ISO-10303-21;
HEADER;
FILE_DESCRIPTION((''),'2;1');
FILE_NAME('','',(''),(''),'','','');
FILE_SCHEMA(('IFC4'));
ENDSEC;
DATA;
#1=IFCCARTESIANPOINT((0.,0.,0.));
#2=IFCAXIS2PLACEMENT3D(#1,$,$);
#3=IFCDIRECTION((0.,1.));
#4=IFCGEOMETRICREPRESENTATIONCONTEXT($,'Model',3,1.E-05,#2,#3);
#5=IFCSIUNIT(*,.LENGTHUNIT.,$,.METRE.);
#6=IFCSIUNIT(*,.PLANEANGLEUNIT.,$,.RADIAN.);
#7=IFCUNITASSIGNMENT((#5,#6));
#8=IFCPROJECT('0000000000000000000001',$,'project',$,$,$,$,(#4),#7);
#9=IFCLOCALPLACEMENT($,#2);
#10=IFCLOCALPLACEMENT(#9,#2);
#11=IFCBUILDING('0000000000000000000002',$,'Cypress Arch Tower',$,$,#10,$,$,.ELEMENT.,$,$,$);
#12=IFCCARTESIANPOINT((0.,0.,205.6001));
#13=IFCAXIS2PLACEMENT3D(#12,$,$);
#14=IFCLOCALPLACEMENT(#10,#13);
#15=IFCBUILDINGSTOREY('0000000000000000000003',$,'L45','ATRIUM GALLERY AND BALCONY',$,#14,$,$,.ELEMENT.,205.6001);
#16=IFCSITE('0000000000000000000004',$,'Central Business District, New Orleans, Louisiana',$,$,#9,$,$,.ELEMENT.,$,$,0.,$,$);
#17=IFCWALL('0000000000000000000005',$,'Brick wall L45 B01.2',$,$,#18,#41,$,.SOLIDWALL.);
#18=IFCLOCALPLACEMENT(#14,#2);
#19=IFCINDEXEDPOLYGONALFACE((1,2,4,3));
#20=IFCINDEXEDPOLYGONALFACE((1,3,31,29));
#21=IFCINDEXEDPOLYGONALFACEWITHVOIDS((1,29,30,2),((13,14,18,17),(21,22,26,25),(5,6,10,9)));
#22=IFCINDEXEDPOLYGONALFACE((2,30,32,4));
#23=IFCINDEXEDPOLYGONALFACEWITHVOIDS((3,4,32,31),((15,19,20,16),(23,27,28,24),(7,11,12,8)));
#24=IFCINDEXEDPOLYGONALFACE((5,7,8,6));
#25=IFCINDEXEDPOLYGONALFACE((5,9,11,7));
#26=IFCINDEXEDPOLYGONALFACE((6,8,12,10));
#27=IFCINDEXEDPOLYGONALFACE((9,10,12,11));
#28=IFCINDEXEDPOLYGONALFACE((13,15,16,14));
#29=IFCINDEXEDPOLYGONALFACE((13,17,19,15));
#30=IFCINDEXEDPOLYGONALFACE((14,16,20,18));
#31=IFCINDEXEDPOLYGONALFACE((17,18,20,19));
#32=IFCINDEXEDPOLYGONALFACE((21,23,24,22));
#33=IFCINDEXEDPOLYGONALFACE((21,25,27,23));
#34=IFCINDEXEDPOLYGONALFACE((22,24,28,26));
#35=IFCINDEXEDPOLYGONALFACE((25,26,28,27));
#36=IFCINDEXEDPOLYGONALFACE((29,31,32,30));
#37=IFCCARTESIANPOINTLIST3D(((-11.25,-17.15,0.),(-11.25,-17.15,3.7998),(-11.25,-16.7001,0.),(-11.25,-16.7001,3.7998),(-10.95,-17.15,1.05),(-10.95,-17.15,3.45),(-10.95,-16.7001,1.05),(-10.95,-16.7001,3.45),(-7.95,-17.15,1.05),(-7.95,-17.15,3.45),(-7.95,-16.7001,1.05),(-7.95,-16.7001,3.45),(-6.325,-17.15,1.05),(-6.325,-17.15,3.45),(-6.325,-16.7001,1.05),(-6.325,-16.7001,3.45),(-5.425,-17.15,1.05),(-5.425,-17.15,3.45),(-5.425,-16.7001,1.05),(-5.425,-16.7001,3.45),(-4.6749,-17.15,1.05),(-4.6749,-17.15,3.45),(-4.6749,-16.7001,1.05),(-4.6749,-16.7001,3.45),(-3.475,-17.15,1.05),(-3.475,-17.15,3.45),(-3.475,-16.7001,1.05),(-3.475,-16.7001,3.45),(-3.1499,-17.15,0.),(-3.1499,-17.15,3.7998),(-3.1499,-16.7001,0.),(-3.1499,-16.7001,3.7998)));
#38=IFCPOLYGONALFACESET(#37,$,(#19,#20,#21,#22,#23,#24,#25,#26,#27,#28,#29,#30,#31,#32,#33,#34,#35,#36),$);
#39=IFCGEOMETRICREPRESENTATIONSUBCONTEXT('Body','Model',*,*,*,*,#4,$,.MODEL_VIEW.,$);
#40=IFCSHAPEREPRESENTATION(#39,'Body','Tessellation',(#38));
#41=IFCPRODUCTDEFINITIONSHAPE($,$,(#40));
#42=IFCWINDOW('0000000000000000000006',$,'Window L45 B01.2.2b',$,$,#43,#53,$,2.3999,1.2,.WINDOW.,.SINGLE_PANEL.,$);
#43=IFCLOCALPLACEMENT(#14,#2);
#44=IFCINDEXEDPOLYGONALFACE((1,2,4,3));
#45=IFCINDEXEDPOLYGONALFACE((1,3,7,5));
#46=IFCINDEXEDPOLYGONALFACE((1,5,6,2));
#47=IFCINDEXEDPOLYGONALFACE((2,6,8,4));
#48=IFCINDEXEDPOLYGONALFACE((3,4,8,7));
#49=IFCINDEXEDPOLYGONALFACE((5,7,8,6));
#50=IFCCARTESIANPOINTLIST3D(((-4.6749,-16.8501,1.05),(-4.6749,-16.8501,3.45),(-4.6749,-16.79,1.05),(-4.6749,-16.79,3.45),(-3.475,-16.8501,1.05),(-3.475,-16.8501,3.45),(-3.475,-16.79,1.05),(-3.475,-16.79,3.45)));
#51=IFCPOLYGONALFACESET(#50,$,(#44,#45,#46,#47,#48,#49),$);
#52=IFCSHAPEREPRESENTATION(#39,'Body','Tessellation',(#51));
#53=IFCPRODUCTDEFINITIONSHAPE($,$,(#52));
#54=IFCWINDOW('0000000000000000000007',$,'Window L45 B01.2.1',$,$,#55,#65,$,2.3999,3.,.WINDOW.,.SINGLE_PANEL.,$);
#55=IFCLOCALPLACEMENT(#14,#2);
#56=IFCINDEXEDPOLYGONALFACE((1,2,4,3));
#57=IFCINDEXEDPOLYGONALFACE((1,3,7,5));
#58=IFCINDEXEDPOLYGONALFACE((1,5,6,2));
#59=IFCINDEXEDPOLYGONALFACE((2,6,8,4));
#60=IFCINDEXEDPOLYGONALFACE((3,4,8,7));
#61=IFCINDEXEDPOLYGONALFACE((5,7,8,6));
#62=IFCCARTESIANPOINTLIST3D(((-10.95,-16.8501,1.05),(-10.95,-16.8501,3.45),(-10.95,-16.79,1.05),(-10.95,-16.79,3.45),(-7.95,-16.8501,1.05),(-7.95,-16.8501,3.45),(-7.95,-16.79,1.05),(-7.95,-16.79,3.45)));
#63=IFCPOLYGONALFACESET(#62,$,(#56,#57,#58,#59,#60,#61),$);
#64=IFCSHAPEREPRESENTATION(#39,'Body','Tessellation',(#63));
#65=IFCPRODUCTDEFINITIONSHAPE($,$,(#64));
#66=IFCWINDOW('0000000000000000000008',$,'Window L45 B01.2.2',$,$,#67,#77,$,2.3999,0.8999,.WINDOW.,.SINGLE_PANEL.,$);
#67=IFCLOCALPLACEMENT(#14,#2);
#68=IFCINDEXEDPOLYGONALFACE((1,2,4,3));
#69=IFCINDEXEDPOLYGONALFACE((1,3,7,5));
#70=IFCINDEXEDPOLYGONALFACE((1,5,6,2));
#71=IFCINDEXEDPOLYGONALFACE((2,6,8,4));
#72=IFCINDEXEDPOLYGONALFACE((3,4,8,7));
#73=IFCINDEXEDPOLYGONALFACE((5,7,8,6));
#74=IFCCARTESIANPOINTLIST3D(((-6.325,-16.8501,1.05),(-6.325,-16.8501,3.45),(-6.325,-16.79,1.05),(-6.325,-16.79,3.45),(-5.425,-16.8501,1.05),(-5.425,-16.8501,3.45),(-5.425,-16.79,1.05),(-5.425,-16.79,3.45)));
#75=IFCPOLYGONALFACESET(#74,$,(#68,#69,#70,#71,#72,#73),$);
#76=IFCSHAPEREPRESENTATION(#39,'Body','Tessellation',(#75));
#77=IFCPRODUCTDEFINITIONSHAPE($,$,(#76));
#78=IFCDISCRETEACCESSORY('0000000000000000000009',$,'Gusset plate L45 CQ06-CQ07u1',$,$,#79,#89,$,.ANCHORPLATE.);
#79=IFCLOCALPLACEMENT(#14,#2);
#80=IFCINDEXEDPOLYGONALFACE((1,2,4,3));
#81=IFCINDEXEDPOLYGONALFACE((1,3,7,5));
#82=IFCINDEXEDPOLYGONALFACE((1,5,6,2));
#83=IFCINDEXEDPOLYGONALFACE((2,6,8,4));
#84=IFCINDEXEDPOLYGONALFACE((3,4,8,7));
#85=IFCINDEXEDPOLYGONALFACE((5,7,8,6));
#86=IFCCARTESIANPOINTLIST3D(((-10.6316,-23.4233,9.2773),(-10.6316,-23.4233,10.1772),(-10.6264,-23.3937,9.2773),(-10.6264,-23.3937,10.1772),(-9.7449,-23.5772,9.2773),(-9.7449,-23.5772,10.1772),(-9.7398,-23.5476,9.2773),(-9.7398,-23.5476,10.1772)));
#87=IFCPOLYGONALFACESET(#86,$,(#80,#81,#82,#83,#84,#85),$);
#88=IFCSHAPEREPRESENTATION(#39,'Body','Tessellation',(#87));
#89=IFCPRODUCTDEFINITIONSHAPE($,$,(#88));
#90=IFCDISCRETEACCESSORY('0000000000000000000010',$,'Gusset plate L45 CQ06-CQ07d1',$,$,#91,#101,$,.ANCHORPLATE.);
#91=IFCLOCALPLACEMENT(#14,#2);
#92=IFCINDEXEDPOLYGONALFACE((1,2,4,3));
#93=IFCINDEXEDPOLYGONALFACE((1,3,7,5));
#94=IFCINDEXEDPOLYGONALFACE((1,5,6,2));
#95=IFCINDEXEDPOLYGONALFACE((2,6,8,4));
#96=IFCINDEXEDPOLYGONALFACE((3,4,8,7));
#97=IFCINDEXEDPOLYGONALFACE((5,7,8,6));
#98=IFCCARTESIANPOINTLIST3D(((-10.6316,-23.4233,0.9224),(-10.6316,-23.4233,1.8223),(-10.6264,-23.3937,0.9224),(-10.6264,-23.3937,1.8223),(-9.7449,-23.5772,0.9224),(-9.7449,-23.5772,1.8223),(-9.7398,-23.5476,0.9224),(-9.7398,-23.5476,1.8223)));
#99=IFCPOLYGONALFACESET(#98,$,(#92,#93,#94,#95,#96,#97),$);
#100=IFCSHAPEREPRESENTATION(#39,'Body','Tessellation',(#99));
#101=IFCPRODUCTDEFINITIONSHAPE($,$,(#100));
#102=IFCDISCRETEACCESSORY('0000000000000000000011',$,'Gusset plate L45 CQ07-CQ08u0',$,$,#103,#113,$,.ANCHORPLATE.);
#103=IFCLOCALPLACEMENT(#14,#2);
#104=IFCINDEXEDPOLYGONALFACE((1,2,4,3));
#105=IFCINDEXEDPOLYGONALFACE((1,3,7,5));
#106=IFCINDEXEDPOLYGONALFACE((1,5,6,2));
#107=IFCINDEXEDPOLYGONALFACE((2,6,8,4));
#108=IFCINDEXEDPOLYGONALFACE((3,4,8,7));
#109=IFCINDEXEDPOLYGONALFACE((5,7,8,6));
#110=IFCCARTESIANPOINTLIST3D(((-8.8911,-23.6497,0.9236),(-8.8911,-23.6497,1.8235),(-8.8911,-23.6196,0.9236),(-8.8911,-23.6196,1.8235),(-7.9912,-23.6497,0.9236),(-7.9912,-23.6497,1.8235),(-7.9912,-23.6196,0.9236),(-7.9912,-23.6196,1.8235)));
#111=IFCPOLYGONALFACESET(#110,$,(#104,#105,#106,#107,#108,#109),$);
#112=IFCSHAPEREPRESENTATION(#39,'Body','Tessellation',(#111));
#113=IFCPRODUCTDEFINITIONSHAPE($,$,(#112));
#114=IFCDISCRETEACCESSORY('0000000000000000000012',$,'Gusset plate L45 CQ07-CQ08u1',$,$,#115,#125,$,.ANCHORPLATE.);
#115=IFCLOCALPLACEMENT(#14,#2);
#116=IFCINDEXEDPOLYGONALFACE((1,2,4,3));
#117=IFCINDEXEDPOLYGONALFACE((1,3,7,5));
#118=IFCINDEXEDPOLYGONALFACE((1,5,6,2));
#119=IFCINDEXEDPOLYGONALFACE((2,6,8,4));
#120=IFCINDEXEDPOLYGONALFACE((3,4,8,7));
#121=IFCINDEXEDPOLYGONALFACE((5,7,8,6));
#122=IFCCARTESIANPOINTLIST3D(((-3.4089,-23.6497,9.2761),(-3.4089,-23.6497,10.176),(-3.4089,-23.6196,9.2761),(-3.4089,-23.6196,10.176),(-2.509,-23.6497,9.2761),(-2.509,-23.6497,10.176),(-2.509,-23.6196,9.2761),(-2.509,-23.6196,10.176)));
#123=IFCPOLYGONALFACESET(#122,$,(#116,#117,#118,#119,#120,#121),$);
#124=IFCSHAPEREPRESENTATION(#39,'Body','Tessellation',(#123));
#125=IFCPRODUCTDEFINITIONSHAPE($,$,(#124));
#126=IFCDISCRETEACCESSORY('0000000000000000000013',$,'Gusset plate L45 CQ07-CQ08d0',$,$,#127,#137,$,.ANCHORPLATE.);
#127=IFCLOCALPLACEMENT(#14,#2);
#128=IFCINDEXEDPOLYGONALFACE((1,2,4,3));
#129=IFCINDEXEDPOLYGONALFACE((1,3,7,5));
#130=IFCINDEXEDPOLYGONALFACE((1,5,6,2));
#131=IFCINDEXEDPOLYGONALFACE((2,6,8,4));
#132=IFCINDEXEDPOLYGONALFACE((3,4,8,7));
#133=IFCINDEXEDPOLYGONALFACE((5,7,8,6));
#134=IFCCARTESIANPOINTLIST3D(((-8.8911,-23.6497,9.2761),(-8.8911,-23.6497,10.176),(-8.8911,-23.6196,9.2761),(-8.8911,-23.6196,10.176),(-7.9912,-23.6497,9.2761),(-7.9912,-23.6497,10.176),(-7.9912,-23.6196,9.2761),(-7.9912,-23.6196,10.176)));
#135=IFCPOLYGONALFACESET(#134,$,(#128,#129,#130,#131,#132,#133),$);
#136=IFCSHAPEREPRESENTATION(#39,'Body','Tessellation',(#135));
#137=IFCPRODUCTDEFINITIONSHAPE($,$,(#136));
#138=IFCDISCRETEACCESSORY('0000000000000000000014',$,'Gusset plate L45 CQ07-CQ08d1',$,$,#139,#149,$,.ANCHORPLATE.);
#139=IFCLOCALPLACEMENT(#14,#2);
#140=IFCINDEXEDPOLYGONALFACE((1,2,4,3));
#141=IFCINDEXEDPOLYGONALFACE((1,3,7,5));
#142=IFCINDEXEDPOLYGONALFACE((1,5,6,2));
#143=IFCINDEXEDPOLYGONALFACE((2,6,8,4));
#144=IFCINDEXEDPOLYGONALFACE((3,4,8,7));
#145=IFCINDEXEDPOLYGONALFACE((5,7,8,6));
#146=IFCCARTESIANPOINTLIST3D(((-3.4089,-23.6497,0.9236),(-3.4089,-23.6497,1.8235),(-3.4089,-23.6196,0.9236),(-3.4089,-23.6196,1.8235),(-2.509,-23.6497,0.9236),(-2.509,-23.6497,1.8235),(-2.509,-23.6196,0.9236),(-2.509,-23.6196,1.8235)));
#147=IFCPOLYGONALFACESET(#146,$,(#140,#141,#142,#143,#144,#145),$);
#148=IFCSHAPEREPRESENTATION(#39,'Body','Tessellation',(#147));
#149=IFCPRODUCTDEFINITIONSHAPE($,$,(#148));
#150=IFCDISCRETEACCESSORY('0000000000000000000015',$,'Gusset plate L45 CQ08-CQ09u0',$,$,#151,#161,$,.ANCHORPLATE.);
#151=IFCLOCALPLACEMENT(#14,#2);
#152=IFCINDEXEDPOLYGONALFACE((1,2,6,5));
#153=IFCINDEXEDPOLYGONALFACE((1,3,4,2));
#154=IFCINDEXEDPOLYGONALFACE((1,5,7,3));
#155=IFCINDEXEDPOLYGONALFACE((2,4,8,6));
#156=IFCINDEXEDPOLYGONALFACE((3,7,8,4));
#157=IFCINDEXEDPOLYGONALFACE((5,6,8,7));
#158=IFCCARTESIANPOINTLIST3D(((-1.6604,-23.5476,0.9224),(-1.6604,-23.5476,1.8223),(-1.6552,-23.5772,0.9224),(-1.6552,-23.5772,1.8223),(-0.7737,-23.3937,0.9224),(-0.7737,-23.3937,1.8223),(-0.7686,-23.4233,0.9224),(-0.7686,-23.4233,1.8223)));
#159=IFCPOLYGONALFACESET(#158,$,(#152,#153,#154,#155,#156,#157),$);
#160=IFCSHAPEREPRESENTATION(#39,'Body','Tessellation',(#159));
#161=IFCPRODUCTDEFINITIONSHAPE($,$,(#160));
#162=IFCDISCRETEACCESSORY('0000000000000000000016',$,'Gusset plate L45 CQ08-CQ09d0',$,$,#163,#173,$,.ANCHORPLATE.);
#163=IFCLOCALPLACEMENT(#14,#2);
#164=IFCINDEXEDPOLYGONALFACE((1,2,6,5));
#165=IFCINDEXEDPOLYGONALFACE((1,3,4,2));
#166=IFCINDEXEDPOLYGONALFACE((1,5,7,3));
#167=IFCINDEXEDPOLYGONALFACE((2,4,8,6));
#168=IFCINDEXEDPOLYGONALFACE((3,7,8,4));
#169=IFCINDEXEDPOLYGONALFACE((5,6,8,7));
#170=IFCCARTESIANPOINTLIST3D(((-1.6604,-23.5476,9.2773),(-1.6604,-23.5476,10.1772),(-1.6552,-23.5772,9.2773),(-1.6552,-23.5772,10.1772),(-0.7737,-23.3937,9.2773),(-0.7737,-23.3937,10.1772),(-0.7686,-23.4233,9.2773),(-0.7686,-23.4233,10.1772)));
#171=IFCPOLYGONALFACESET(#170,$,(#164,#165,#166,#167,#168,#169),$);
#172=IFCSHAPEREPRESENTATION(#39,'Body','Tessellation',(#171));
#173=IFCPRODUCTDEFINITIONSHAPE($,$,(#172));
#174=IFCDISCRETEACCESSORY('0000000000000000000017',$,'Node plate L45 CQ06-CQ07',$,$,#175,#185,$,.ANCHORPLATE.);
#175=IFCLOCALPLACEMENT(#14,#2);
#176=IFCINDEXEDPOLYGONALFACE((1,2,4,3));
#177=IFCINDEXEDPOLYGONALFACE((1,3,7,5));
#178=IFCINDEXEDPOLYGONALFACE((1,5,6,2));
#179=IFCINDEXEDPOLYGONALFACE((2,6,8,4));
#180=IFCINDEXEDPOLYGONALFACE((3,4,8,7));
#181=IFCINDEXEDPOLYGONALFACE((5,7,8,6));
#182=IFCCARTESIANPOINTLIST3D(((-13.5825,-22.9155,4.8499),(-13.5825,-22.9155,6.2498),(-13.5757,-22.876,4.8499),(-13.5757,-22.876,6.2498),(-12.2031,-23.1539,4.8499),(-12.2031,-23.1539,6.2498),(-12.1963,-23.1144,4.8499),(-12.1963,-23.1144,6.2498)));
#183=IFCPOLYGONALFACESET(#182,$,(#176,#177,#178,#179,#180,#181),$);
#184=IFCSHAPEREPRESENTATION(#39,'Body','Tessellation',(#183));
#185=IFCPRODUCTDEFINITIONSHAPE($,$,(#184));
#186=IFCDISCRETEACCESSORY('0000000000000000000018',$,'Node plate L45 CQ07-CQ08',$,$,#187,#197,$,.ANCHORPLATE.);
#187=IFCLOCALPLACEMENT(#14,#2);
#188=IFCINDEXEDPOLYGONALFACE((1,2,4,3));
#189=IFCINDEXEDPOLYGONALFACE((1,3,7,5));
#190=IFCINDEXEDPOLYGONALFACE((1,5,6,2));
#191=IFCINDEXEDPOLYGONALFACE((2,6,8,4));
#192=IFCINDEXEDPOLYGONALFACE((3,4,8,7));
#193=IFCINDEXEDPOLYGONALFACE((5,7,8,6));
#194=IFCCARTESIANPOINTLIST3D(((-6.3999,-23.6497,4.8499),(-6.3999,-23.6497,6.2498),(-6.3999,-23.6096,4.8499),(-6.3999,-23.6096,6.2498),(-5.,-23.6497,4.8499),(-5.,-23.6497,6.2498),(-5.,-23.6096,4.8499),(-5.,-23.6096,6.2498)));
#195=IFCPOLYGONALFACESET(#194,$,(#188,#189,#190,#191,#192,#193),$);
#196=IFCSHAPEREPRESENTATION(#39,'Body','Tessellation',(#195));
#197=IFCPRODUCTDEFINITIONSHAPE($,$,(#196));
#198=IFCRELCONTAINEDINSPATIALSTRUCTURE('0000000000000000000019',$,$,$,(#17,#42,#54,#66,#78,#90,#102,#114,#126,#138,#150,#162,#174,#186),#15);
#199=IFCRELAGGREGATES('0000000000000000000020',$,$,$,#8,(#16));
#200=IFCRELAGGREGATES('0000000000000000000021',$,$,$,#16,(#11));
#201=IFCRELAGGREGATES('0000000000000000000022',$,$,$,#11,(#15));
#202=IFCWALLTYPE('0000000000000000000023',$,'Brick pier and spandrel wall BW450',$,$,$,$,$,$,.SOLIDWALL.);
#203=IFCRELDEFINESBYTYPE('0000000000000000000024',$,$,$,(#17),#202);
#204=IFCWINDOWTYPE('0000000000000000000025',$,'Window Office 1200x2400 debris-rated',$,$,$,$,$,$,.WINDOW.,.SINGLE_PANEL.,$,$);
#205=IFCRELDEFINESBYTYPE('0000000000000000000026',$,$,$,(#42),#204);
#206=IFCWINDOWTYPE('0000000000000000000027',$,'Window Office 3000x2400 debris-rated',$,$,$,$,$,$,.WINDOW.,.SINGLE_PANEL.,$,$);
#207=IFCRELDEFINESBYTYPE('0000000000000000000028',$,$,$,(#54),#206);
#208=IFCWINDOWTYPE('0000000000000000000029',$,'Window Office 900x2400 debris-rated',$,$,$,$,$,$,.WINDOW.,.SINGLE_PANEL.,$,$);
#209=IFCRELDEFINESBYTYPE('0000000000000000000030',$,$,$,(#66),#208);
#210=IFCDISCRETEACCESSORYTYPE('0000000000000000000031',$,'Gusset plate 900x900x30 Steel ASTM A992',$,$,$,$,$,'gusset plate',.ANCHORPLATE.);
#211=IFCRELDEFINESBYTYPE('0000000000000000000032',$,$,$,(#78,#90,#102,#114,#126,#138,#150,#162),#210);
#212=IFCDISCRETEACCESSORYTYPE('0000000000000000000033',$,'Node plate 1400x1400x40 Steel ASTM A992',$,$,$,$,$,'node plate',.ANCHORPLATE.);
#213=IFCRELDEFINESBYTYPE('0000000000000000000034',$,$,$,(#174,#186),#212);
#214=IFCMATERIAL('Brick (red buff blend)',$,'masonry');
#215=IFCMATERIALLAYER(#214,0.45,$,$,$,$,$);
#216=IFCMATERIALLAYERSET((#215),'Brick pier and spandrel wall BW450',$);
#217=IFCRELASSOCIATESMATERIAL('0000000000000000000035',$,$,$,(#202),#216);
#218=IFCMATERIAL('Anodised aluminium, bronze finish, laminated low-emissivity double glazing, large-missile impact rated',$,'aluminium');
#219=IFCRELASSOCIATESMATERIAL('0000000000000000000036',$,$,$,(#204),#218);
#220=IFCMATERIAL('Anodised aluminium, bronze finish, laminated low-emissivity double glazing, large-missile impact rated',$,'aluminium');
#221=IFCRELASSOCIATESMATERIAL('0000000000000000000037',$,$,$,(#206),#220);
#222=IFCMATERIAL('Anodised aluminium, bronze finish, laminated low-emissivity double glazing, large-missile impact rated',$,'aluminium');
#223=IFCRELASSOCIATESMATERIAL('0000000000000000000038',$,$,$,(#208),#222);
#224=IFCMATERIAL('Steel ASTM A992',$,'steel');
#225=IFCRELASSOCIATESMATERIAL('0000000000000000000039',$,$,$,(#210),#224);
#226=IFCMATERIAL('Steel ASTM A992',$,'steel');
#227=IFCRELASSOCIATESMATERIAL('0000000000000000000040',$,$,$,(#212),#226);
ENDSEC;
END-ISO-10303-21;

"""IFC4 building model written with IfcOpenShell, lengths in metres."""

from ifc_helpers import new_model, si_unit, direction, frame, frame_2d, origin, origin_2d, place, context, subcontext, project, spatial, rectangle, extrude, material, layer, layer_set, material_profile, profile_set, type_object, element, fill, save


model = new_model("IFC4")

# Units and contexts
model_context = context("Model", 3, precision=1e-05, world=origin(), true_north=direction((0.0, 1.0)))
body_context = subcontext(model_context, "Body", "Model", "MODEL_VIEW")
ifc_project = project(units=[si_unit("LENGTHUNIT", "METRE"), si_unit("PLANEANGLEUNIT", "RADIAN")], contexts=[model_context])

# Site, building, storey
site_placement = place(None, origin())
site = spatial("IfcSite", under=ifc_project, at=site_placement, Name="Central Business District, New Orleans, Louisiana", CompositionType="ELEMENT", RefElevation=0.0)
building_placement = place(site_placement, origin())
building = spatial("IfcBuilding", under=site, at=building_placement, Name="Cypress Arch Tower", CompositionType="ELEMENT")
storey_placement = place(building_placement, frame((0.0, 0.0, 205.6001)))
storey = spatial("IfcBuildingStorey", under=building, at=storey_placement, Name="L45", Description="ATRIUM GALLERY AND BALCONY", CompositionType="ELEMENT", Elevation=205.6001)

# Wall, openings, windows
ifc_material_1 = material(Name="Brick (red buff blend)", Category="masonry")
ifc_layer = layer(ifc_material_1, 0.45)
ifc_layer_set = layer_set([ifc_layer], Name="Brick pier and spandrel wall BW450")
wall_type = type_object("IfcWallType", Name="Brick pier and spandrel wall BW450", PredefinedType="SOLIDWALL", material=ifc_layer_set)
wall_1_placement = place(storey_placement, frame((-11.25, -16.925, 0.0), z_axis=(0.0, 0.0, 1.0), x_axis=(1.0, 0.0, 0.0)))
wall_1 = element("IfcWall", 1, at=wall_1_placement, inside=storey, type_object=wall_type, Name="Brick wall L45 B01.2", PredefinedType="SOLIDWALL", context=body_context, shape_type="SweptSolid", body=[
    extrude(rectangle(XDim=8.1001, YDim=0.45, at=frame_2d((4.05, 0.0))), origin(), (0.0, 0.0, 1.0), 3.7998),
])
opening_1_placement = place(wall_1_placement, frame((0.3, 0.0, 1.05)))
opening_1 = element("IfcOpeningElement", 2, at=opening_1_placement, cuts=wall_1, PredefinedType="OPENING", context=body_context, shape_type="SweptSolid", body=[
    extrude(rectangle(XDim=3.0, YDim=2.3999, at=frame_2d((1.5, 1.2))), frame((0.0, 0.2349, 0.0), z_axis=(0.0, -1.0, 0.0), x_axis=(1.0, 0.0, 0.0)), (0.0, 0.0, 1.0), 0.47),
])
opening_2_placement = place(wall_1_placement, frame((4.925, 0.0, 1.05)))
opening_2 = element("IfcOpeningElement", 3, at=opening_2_placement, cuts=wall_1, PredefinedType="OPENING", context=body_context, shape_type="SweptSolid", body=[
    extrude(rectangle(XDim=0.8999, YDim=2.3999, at=frame_2d((0.45, 1.2))), frame((0.0, 0.2349, 0.0), z_axis=(0.0, -1.0, 0.0), x_axis=(1.0, 0.0, 0.0)), (0.0, 0.0, 1.0), 0.47),
])
opening_3_placement = place(wall_1_placement, frame((6.575, 0.0, 1.05)))
opening_3 = element("IfcOpeningElement", 4, at=opening_3_placement, cuts=wall_1, PredefinedType="OPENING", context=body_context, shape_type="SweptSolid", body=[
    extrude(rectangle(XDim=1.2, YDim=2.3999, at=frame_2d((0.6001, 1.2))), frame((0.0, 0.2349, 0.0), z_axis=(0.0, -1.0, 0.0), x_axis=(1.0, 0.0, 0.0)), (0.0, 0.0, 1.0), 0.47),
])
ifc_material_2 = material(Name="Anodised aluminium, bronze finish, laminated low-emissivity double glazing, large-missile impact rated", Category="aluminium")
window_type_1 = type_object("IfcWindowType", Name="Window Office 1200x2400 debris-rated", PartitioningType="SINGLE_PANEL", PredefinedType="WINDOW", material=ifc_material_2)
window_1_placement = place(opening_3_placement, origin())
window_1 = element("IfcWindow", 5, at=window_1_placement, inside=storey, type_object=window_type_1, Name="Window L45 B01.2.2b", OverallHeight=2.3999, OverallWidth=1.2, PartitioningType="SINGLE_PANEL", PredefinedType="WINDOW", context=body_context, shape_type="SweptSolid", body=[
    extrude(rectangle(XDim=1.2, YDim=2.3999, at=frame_2d((0.6001, 1.2))), frame((0.0, 0.135, 0.0), z_axis=(0.0, -1.0, 0.0), x_axis=(1.0, 0.0, 0.0)), (0.0, 0.0, 1.0), 0.0601),
])
fill(opening_3, window_1)
ifc_material_3 = material(Name="Anodised aluminium, bronze finish, laminated low-emissivity double glazing, large-missile impact rated", Category="aluminium")
window_type_2 = type_object("IfcWindowType", Name="Window Office 3000x2400 debris-rated", PartitioningType="SINGLE_PANEL", PredefinedType="WINDOW", material=ifc_material_3)
window_2_placement = place(opening_1_placement, origin())
window_2 = element("IfcWindow", 6, at=window_2_placement, inside=storey, type_object=window_type_2, Name="Window L45 B01.2.1", OverallHeight=2.3999, OverallWidth=3.0, PartitioningType="SINGLE_PANEL", PredefinedType="WINDOW", context=body_context, shape_type="SweptSolid", body=[
    extrude(rectangle(XDim=3.0, YDim=2.3999, at=frame_2d((1.5, 1.2))), frame((0.0, 0.135, 0.0), z_axis=(0.0, -1.0, 0.0), x_axis=(1.0, 0.0, 0.0)), (0.0, 0.0, 1.0), 0.0601),
])
fill(opening_1, window_2)
ifc_material_4 = material(Name="Anodised aluminium, bronze finish, laminated low-emissivity double glazing, large-missile impact rated", Category="aluminium")
window_type_3 = type_object("IfcWindowType", Name="Window Office 900x2400 debris-rated", PartitioningType="SINGLE_PANEL", PredefinedType="WINDOW", material=ifc_material_4)
window_3_placement = place(opening_2_placement, origin())
window_3 = element("IfcWindow", 7, at=window_3_placement, inside=storey, type_object=window_type_3, Name="Window L45 B01.2.2", OverallHeight=2.3999, OverallWidth=0.8999, PartitioningType="SINGLE_PANEL", PredefinedType="WINDOW", context=body_context, shape_type="SweptSolid", body=[
    extrude(rectangle(XDim=0.8999, YDim=2.3999, at=frame_2d((0.45, 1.2))), frame((0.0, 0.135, 0.0), z_axis=(0.0, -1.0, 0.0), x_axis=(1.0, 0.0, 0.0)), (0.0, 0.0, 1.0), 0.0601),
])
fill(opening_2, window_3)

# Discrete accessories
ifc_material_5 = material(Name="Steel ASTM A992", Category="steel")
ifc_material_profile_1 = material_profile(ifc_material_5, rectangle(XDim=0.8999, YDim=0.8999, at=origin_2d()), Name="PL 30 900x900")
ifc_profile_set_1 = profile_set([ifc_material_profile_1], Name="Steel ASTM A992")
discrete_accessory_type_1 = type_object("IfcDiscreteAccessoryType", Name="Gusset plate 900x900x30 Steel ASTM A992", ElementType="gusset plate", PredefinedType="ANCHORPLATE", material=ifc_profile_set_1)
for number, where, z_axis, x_axis, name in (
    (8, (-10.1882, -23.5002, 9.7273), (0.170998, 0.985271, 0.0), (-0.985271, 0.170998, 0.0), "Gusset plate L45 CQ06-CQ07u1"),
    (9, (-10.1882, -23.5002, 1.3723), (0.170998, 0.985271, 0.0), (-0.985271, 0.170998, 0.0), "Gusset plate L45 CQ06-CQ07d1"),
    (10, (-8.4412, -23.6497, 1.3735), (0.0, 1.0, 0.0), (-1.0, 0.0, 0.0), "Gusset plate L45 CQ07-CQ08u0"),
    (11, (-2.959, -23.6497, 9.7261), (0.0, 1.0, 0.0), (-1.0, 0.0, 0.0), "Gusset plate L45 CQ07-CQ08u1"),
    (12, (-8.4412, -23.6497, 9.7261), (0.0, 1.0, 0.0), (-1.0, 0.0, 0.0), "Gusset plate L45 CQ07-CQ08d0"),
    (13, (-2.959, -23.6497, 1.3735), (0.0, 1.0, 0.0), (-1.0, 0.0, 0.0), "Gusset plate L45 CQ07-CQ08d1"),
    (14, (-1.2119, -23.5002, 1.3723), (-0.170998, 0.985271, 0.0), (-0.985271, -0.170998, 0.0), "Gusset plate L45 CQ08-CQ09u0"),
    (15, (-1.2119, -23.5002, 9.7273), (-0.170998, 0.985271, 0.0), (-0.985271, -0.170998, 0.0), "Gusset plate L45 CQ08-CQ09d0"),
):
    element("IfcDiscreteAccessory", number, at=place(storey_placement, frame(where, z_axis=z_axis, x_axis=x_axis)), inside=storey, type_object=discrete_accessory_type_1, Name=name, PredefinedType="ANCHORPLATE", context=body_context, shape_type="SweptSolid", body=[
        extrude(rectangle(XDim=0.8999, YDim=0.8999, at=origin_2d()), origin(), (0.0, 0.0, 1.0), 0.03),
    ])
ifc_material_6 = material(Name="Steel ASTM A992", Category="steel")
ifc_material_profile_2 = material_profile(ifc_material_6, rectangle(XDim=1.3999, YDim=1.3999, at=origin_2d()), Name="PL 40 1400x1400")
ifc_profile_set_2 = profile_set([ifc_material_profile_2], Name="Steel ASTM A992")
discrete_accessory_type_2 = type_object("IfcDiscreteAccessoryType", Name="Node plate 1400x1400x40 Steel ASTM A992", ElementType="node plate", PredefinedType="ANCHORPLATE", material=ifc_profile_set_2)
for number, where, z_axis, x_axis, name in (
    (16, (-12.8928, -23.0347, 5.5498), (0.170314, 0.98539, 0.0), (-0.98539, 0.170314, 0.0), "Node plate L45 CQ06-CQ07"),
    (17, (-5.7, -23.6497, 5.5498), (0.0, 1.0, 0.0), (-1.0, 0.0, 0.0), "Node plate L45 CQ07-CQ08"),
):
    element("IfcDiscreteAccessory", number, at=place(storey_placement, frame(where, z_axis=z_axis, x_axis=x_axis)), inside=storey, type_object=discrete_accessory_type_2, Name=name, PredefinedType="ANCHORPLATE", context=body_context, shape_type="SweptSolid", body=[
        extrude(rectangle(XDim=1.3999, YDim=1.3999, at=origin_2d()), origin(), (0.0, 0.0, 1.0), 0.04),
    ])

save(model, "model.ifc")
